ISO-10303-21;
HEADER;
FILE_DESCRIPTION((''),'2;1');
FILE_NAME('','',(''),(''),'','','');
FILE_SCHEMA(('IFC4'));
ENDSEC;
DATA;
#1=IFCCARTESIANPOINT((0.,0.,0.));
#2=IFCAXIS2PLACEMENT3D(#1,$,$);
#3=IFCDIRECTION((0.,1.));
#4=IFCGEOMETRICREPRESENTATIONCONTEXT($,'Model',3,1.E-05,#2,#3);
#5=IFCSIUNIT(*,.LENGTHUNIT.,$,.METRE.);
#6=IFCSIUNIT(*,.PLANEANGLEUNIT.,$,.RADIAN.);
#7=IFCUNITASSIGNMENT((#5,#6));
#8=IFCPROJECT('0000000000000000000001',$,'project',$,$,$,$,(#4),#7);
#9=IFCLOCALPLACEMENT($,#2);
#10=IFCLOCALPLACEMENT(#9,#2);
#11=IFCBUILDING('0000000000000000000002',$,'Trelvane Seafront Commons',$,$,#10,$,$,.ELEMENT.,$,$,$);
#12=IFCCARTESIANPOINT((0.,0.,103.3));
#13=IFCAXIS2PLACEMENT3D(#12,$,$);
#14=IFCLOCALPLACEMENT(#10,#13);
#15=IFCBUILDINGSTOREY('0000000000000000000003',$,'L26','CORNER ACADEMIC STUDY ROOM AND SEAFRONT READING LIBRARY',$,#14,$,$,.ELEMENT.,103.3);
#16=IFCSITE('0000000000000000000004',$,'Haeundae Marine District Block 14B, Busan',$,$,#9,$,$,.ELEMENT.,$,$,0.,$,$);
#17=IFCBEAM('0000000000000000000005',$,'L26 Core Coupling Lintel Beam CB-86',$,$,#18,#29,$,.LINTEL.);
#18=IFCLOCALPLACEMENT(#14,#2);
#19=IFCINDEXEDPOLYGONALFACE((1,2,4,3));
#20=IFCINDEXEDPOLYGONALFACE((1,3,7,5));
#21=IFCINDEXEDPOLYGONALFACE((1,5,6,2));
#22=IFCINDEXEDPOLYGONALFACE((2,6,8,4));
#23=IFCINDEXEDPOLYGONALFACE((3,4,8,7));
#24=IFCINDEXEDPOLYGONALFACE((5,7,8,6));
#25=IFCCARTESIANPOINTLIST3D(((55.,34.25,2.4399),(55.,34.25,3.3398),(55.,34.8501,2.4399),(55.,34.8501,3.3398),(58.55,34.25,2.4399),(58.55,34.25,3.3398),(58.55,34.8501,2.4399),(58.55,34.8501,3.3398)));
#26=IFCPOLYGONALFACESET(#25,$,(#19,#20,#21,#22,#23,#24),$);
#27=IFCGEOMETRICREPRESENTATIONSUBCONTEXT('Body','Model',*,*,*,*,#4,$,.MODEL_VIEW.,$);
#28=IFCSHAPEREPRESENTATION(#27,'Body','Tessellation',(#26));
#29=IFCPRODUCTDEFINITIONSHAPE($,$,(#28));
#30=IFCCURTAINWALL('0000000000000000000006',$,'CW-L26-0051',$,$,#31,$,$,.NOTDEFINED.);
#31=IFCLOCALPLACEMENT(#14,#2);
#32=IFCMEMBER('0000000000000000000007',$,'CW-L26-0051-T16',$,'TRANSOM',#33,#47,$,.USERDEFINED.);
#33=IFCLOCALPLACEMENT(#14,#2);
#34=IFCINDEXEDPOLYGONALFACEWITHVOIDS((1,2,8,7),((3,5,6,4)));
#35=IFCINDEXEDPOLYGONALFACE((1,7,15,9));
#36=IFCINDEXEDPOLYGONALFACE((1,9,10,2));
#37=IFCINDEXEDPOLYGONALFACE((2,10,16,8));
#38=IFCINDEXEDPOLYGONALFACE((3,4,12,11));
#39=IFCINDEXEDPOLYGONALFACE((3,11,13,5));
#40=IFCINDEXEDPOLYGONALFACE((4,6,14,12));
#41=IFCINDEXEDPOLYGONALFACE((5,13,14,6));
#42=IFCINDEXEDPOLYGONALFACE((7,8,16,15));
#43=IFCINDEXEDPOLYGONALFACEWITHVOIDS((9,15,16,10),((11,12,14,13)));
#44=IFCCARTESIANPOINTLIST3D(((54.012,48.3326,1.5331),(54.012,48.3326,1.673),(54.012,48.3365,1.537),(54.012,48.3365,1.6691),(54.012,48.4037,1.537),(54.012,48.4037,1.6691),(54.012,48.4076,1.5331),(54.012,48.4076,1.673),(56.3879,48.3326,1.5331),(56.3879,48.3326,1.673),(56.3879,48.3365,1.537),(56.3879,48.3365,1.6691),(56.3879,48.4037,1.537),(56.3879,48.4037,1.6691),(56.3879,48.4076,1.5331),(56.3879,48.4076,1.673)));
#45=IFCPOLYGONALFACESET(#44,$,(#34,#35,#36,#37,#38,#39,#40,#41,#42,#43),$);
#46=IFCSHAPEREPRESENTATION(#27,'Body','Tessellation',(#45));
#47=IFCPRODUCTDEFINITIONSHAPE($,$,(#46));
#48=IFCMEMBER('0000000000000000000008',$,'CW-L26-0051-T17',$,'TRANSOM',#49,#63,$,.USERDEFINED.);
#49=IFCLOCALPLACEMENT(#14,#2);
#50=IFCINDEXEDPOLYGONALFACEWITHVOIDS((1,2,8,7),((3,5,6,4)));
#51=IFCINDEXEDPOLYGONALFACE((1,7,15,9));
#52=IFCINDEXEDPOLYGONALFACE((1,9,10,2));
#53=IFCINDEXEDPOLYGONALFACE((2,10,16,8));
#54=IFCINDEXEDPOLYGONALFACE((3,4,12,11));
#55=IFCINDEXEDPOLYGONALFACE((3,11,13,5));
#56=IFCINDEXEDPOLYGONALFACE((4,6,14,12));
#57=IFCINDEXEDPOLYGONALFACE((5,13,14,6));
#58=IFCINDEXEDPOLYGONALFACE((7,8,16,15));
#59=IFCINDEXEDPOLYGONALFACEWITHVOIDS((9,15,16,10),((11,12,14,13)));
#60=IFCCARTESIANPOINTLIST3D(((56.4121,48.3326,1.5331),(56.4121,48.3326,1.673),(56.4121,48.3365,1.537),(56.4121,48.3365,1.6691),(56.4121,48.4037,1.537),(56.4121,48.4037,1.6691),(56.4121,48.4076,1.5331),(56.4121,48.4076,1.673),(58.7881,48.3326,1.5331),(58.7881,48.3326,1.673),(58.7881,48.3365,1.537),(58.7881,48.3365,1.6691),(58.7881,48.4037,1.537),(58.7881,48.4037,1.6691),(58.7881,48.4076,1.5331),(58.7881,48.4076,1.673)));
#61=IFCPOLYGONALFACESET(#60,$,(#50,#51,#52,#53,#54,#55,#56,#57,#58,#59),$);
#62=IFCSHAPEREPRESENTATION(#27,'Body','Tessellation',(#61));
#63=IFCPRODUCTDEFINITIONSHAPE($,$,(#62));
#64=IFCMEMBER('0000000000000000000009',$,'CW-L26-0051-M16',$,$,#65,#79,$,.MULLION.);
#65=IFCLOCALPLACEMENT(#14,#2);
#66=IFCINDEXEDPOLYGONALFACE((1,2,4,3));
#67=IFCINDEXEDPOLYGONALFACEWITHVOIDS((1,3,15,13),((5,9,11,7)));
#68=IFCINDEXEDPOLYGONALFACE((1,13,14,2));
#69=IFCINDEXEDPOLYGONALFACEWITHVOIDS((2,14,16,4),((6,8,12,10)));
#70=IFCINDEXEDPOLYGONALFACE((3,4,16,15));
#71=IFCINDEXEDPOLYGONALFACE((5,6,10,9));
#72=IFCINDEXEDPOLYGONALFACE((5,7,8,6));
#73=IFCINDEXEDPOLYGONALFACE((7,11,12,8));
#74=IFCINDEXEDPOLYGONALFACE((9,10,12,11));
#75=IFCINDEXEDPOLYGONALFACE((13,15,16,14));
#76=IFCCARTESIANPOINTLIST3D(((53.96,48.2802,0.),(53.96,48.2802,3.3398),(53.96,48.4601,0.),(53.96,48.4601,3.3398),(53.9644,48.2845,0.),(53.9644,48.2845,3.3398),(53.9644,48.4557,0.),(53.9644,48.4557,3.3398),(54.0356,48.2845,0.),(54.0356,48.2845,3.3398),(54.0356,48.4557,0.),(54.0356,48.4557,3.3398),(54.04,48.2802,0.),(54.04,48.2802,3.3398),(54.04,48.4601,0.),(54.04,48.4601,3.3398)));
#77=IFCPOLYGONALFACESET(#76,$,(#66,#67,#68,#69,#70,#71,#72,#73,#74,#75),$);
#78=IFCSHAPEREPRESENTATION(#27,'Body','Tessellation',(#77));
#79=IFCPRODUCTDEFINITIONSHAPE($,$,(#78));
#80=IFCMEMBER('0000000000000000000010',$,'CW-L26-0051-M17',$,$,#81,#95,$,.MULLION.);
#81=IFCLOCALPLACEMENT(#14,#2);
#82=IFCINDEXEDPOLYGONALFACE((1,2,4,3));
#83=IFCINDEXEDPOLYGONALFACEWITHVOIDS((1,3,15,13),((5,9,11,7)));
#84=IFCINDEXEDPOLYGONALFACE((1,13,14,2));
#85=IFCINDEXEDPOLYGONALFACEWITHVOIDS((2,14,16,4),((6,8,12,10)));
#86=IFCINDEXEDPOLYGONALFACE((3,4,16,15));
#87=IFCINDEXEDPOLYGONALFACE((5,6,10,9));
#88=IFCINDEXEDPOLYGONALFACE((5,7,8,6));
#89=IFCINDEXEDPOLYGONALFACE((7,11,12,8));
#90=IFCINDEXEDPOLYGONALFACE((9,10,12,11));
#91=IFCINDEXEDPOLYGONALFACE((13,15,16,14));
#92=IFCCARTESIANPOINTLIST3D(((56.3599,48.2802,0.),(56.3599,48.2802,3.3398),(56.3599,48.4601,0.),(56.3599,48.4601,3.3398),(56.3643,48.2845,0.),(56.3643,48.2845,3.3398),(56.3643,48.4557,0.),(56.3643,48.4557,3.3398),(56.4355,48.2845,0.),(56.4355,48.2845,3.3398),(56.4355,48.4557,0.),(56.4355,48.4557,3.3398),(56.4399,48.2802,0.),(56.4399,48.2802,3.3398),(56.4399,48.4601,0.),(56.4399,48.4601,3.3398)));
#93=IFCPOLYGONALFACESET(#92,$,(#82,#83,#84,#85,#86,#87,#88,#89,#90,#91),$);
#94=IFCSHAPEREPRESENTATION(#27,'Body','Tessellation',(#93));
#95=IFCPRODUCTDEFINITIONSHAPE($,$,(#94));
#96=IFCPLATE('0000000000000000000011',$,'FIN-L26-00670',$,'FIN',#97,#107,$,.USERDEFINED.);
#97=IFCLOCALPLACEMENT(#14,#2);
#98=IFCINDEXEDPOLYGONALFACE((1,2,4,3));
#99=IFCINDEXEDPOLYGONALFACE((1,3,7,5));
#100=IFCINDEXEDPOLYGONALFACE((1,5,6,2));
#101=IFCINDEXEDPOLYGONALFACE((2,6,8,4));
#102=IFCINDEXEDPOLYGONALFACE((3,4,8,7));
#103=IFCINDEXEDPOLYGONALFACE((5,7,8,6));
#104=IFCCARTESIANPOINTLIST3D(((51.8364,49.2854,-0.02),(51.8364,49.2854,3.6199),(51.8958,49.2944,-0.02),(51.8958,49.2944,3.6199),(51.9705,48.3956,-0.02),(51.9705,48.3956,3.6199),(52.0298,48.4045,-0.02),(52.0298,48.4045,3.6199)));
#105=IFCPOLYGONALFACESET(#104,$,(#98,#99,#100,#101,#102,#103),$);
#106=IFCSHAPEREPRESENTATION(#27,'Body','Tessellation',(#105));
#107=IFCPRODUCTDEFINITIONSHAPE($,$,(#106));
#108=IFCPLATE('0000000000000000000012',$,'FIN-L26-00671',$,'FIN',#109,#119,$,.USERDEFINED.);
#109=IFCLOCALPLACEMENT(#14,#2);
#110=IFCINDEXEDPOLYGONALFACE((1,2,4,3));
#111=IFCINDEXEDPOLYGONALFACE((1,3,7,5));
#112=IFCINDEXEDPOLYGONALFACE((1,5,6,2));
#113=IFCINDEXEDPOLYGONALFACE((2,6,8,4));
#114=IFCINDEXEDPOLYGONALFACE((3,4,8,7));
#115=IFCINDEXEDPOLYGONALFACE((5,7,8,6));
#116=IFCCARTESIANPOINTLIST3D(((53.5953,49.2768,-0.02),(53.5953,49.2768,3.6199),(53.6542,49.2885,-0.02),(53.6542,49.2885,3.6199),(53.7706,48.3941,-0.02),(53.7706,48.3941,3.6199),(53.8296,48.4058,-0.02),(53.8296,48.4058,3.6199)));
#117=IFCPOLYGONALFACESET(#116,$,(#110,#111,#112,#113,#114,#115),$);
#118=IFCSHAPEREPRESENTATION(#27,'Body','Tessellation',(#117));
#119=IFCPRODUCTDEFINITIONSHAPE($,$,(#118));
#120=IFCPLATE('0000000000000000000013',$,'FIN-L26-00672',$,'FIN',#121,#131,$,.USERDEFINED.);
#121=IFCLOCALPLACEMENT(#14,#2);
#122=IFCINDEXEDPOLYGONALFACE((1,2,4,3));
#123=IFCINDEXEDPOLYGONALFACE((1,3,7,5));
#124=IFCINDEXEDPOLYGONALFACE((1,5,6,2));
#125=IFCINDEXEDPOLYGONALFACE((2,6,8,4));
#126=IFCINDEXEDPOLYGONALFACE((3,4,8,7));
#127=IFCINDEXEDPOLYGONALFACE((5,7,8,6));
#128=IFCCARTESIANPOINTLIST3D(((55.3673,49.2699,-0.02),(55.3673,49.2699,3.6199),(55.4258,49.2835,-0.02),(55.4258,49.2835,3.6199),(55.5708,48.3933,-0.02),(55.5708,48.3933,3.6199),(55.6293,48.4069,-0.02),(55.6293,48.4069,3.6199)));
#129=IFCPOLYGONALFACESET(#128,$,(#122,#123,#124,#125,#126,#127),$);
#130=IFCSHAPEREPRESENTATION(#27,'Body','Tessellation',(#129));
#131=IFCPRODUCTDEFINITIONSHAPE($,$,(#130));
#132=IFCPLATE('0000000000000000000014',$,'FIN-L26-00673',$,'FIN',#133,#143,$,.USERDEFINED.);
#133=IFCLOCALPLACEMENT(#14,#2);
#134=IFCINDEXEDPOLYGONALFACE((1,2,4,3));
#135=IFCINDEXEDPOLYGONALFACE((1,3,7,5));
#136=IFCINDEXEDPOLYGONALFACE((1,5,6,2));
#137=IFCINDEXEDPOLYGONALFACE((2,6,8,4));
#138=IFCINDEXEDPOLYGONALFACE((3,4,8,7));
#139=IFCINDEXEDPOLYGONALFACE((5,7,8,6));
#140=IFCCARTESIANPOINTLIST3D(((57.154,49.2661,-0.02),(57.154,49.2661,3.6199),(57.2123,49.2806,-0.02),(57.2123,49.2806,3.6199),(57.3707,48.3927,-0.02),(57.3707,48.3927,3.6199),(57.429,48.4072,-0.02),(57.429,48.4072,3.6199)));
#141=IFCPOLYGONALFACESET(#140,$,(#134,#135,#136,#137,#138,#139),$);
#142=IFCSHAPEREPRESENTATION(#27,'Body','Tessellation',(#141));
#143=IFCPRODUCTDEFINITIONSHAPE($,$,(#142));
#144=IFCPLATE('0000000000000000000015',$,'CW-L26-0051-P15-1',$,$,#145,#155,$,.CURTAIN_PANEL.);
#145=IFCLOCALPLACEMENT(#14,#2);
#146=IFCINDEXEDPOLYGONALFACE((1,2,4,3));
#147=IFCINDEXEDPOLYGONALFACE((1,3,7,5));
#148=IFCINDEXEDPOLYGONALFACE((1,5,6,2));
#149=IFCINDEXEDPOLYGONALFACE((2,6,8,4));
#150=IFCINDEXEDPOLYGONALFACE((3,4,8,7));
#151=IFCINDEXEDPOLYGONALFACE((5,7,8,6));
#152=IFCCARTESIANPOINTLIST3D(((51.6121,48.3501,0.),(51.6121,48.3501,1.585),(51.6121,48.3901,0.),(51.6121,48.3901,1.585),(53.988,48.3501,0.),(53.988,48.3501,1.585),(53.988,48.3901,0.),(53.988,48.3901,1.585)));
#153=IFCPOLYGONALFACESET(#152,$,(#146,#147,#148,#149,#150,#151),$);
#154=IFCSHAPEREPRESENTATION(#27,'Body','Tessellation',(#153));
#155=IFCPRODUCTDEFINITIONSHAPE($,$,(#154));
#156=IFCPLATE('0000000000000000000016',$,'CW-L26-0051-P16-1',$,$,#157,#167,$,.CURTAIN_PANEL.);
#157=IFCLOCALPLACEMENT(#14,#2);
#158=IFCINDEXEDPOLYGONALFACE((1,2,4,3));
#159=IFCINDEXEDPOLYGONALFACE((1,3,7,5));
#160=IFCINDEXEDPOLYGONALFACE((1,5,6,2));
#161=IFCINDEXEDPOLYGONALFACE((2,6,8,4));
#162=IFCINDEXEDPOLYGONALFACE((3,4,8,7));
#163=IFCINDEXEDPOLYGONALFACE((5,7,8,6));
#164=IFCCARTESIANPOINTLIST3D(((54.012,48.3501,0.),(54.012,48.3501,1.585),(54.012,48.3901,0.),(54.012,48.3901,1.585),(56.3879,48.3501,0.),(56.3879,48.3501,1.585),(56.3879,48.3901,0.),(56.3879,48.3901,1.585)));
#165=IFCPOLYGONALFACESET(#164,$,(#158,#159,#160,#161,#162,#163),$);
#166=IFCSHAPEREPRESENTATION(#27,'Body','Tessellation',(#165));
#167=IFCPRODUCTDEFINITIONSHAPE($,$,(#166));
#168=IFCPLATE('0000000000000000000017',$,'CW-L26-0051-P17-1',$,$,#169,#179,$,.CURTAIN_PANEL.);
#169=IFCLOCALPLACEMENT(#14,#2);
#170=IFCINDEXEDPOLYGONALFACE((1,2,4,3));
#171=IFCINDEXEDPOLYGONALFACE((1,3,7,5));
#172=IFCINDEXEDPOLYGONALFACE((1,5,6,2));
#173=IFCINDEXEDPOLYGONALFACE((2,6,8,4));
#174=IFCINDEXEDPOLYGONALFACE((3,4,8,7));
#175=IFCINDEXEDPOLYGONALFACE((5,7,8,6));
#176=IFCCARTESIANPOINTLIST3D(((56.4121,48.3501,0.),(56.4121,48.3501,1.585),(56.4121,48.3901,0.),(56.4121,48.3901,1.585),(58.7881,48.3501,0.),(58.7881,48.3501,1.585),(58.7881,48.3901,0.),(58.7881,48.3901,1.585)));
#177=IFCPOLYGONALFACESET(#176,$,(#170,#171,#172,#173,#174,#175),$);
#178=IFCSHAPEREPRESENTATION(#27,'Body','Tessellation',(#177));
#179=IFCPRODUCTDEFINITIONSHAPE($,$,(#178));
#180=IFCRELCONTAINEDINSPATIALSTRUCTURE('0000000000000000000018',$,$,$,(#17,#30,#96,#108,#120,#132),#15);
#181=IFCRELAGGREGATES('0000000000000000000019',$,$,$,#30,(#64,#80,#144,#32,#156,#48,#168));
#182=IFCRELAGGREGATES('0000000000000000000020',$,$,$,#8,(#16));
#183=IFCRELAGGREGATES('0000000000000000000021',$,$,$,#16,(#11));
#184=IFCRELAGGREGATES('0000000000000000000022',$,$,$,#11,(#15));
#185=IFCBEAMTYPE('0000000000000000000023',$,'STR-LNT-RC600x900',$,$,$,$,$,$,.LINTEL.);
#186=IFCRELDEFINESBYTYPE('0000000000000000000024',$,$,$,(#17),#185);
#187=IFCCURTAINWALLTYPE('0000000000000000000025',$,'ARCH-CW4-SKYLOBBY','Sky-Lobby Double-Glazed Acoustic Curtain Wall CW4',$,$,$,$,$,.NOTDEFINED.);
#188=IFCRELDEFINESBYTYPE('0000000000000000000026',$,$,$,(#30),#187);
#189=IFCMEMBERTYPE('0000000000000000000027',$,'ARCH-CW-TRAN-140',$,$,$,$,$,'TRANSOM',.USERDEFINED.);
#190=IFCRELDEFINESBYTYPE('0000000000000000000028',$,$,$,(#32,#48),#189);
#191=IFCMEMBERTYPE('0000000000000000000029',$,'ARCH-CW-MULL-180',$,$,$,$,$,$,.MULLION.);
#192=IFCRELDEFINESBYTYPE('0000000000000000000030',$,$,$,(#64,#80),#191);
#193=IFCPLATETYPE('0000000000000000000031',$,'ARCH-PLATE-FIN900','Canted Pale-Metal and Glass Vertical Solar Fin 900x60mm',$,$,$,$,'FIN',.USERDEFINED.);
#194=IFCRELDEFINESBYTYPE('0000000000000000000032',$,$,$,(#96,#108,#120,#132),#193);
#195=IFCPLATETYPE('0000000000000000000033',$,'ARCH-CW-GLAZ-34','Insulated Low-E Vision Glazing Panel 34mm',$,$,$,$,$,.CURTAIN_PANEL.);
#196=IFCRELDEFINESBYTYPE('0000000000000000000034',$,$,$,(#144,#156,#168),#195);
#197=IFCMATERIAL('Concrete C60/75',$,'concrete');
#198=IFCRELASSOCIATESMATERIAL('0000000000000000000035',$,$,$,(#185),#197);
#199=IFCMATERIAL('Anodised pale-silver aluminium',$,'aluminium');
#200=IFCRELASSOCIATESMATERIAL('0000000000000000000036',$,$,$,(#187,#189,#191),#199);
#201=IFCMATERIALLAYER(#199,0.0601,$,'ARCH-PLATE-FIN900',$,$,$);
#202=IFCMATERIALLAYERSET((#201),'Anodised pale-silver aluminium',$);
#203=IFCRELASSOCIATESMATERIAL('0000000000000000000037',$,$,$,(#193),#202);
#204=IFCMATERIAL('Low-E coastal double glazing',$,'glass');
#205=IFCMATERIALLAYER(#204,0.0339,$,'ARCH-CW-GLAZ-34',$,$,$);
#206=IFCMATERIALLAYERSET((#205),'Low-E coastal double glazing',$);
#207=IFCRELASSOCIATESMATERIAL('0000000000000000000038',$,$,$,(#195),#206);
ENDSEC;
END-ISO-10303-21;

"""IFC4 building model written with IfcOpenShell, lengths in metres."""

from ifc_helpers import new_model, si_unit, direction, frame, origin, origin_2d, place, context, subcontext, project, spatial, rectangle, hollow_rectangle, extrude, source, transform, mapped, material, layer, layer_set, material_profile, profile_set, type_object, element, aggregate, save


model = new_model("IFC4")

# Units and contexts
model_context = context("Model", 3, precision=1e-05, world=origin(), true_north=direction((0.0, 1.0)))
body_context = subcontext(model_context, "Body", "Model", "MODEL_VIEW")
ifc_project = project(units=[si_unit("LENGTHUNIT", "METRE"), si_unit("PLANEANGLEUNIT", "RADIAN")], contexts=[model_context])

# Site, building, storey
site_placement = place(None, origin())
site = spatial("IfcSite", under=ifc_project, at=site_placement, Name="Haeundae Marine District Block 14B, Busan", CompositionType="ELEMENT", RefElevation=0.0)
building_placement = place(site_placement, origin())
building = spatial("IfcBuilding", under=site, at=building_placement, Name="Trelvane Seafront Commons", CompositionType="ELEMENT")
storey_placement = place(building_placement, frame((0.0, 0.0, 103.3)))
storey = spatial("IfcBuildingStorey", under=building, at=storey_placement, Name="L26", Description="CORNER ACADEMIC STUDY ROOM AND SEAFRONT READING LIBRARY", CompositionType="ELEMENT", Elevation=103.3)

# Beam
ifc_material_1 = material(Name="Concrete C60/75", Category="concrete")
ifc_material_profile_1 = material_profile(ifc_material_1, rectangle(XDim=0.6001, YDim=0.8999, at=origin_2d()), Name="RC-600x900")
ifc_profile_set_1 = profile_set([ifc_material_profile_1], Name="Concrete C60/75")
beam_type = type_object("IfcBeamType", Name="STR-LNT-RC600x900", PredefinedType="LINTEL", material=ifc_profile_set_1)
shared_shape_1 = source(origin(), body_context, "Body", "SweptSolid", [
    extrude(rectangle(XDim=0.6001, YDim=0.8999, at=origin_2d()), origin(), (0.0, 0.0, 1.0), 3.55),
])
beam_placement = place(storey_placement, frame((55.0, 34.55, 2.8899), z_axis=(1.0, 0.0, 0.0), x_axis=(0.0, 1.0, 0.0)))
element("IfcBeam", 1, at=beam_placement, inside=storey, type_object=beam_type, Name="L26 Core Coupling Lintel Beam CB-86", PredefinedType="LINTEL", context=body_context, shape_type="MappedRepresentation", body=[
    mapped(shared_shape_1, transform((0.0, 0.0, 0.0), x_axis=(1.0, 0.0, 0.0), y_axis=(0.0, 1.0, 0.0), z_axis=(0.0, 0.0, 1.0), scale=1.0)),
])

# Curtain wall, members
ifc_material_2 = material(Name="Anodised pale-silver aluminium", Category="aluminium")
curtain_wall_type = type_object("IfcCurtainWallType", Name="ARCH-CW4-SKYLOBBY", Description="Sky-Lobby Double-Glazed Acoustic Curtain Wall CW4", PredefinedType="NOTDEFINED", material=ifc_material_2)
curtain_wall_placement = place(storey_placement, origin())
curtain_wall = element("IfcCurtainWall", 2, at=curtain_wall_placement, inside=storey, type_object=curtain_wall_type, Name="CW-L26-0051", PredefinedType="NOTDEFINED")
ifc_material_profile_2 = material_profile(ifc_material_2, hollow_rectangle(XDim=0.075, YDim=0.1399, WallThickness=0.0039, at=origin_2d()), Name="TRAN-75x140x4")
ifc_profile_set_2 = profile_set([ifc_material_profile_2], Name="Anodised pale-silver aluminium")
member_type_1 = type_object("IfcMemberType", Name="ARCH-CW-TRAN-140", ElementType="TRANSOM", PredefinedType="USERDEFINED", material=ifc_profile_set_2)
shared_shape_2 = source(origin(), body_context, "Body", "SweptSolid", [
    extrude(hollow_rectangle(XDim=0.075, YDim=0.1399, WallThickness=0.0039, at=origin_2d()), origin(), (0.0, 0.0, 1.0), 2.376),
])
member_1_placement = place(storey_placement, frame((54.012, 48.3701, 1.603), z_axis=(1.0, 0.0, 0.0), x_axis=(0.0, 1.0, 0.0)))
member_1 = element("IfcMember", 3, at=member_1_placement, type_object=member_type_1, Name="CW-L26-0051-T16", ObjectType="TRANSOM", PredefinedType="USERDEFINED", context=body_context, shape_type="MappedRepresentation", body=[
    mapped(shared_shape_2, transform((0.0, 0.0, 0.0), x_axis=(1.0, 0.0, 0.0), y_axis=(0.0, 1.0, 0.0), z_axis=(0.0, 0.0, 1.0), scale=1.0)),
])
member_2_placement = place(storey_placement, frame((56.4121, 48.3701, 1.603), z_axis=(1.0, 0.0, 0.0), x_axis=(0.0, 1.0, 0.0)))
member_2 = element("IfcMember", 4, at=member_2_placement, type_object=member_type_1, Name="CW-L26-0051-T17", ObjectType="TRANSOM", PredefinedType="USERDEFINED", context=body_context, shape_type="MappedRepresentation", body=[
    mapped(shared_shape_2, transform((0.0, 0.0, 0.0), x_axis=(1.0, 0.0, 0.0), y_axis=(0.0, 1.0, 0.0), z_axis=(0.0, 0.0, 1.0), scale=1.0)),
])
ifc_material_profile_3 = material_profile(ifc_material_2, hollow_rectangle(XDim=0.0801, YDim=0.1799, WallThickness=0.0044, at=origin_2d()), Name="MULL-80x180x4.5")
ifc_profile_set_3 = profile_set([ifc_material_profile_3], Name="Anodised pale-silver aluminium")
member_type_2 = type_object("IfcMemberType", Name="ARCH-CW-MULL-180", PredefinedType="MULLION", material=ifc_profile_set_3)
shared_shape_3 = source(origin(), body_context, "Body", "SweptSolid", [
    extrude(hollow_rectangle(XDim=0.0801, YDim=0.1799, WallThickness=0.0044, at=origin_2d()), origin(), (0.0, 0.0, 1.0), 3.3398),
])
member_3_placement = place(storey_placement, frame((54.0, 48.3701, 0.0), z_axis=(0.0, 0.0, 1.0), x_axis=(1.0, 0.0, 0.0)))
member_3 = element("IfcMember", 5, at=member_3_placement, type_object=member_type_2, Name="CW-L26-0051-M16", PredefinedType="MULLION", context=body_context, shape_type="MappedRepresentation", body=[
    mapped(shared_shape_3, transform((0.0, 0.0, 0.0), x_axis=(1.0, 0.0, 0.0), y_axis=(0.0, 1.0, 0.0), z_axis=(0.0, 0.0, 1.0), scale=1.0)),
])
member_4_placement = place(storey_placement, frame((56.3999, 48.3701, 0.0), z_axis=(0.0, 0.0, 1.0), x_axis=(1.0, 0.0, 0.0)))
member_4 = element("IfcMember", 6, at=member_4_placement, type_object=member_type_2, Name="CW-L26-0051-M17", PredefinedType="MULLION", context=body_context, shape_type="MappedRepresentation", body=[
    mapped(shared_shape_3, transform((0.0, 0.0, 0.0), x_axis=(1.0, 0.0, 0.0), y_axis=(0.0, 1.0, 0.0), z_axis=(0.0, 0.0, 1.0), scale=1.0)),
])

# Plates
ifc_layer_1 = layer(ifc_material_2, 0.0601, Name="ARCH-PLATE-FIN900")
ifc_layer_set_1 = layer_set([ifc_layer_1], Name="Anodised pale-silver aluminium")
plate_type_1 = type_object("IfcPlateType", Name="ARCH-PLATE-FIN900", Description="Canted Pale-Metal and Glass Vertical Solar Fin 900x60mm", ElementType="FIN", PredefinedType="USERDEFINED", material=ifc_layer_set_1)
shared_shape_4 = source(origin(), body_context, "Body", "SweptSolid", [
    extrude(rectangle(XDim=0.8999, YDim=0.0601, at=origin_2d()), origin(), (0.0, 0.0, 1.0), 3.6399),
])
for number, where, z_axis, x_axis, name in (
    (7, (51.9331, 48.845, -0.02), (0.0, 0.0, 1.0), (-0.149009, 0.988836, 0.0), "FIN-L26-00670"),
    (8, (53.7124, 48.8413, -0.02), (0.0, 0.0, 1.0), (-0.194899, 0.980823, 0.0), "FIN-L26-00671"),
    (9, (55.4983, 48.8384, -0.02), (0.0, 0.0, 1.0), (-0.226214, 0.974078, 0.0), "FIN-L26-00672"),
    (10, (57.2915, 48.8367, -0.02), (0.0, 0.0, 1.0), (-0.240889, 0.970553, 0.0), "FIN-L26-00673"),
):
    element("IfcPlate", number, at=place(storey_placement, frame(where, z_axis=z_axis, x_axis=x_axis)), inside=storey, type_object=plate_type_1, Name=name, ObjectType="FIN", PredefinedType="USERDEFINED", context=body_context, shape_type="MappedRepresentation", body=[
        mapped(shared_shape_4, transform((0.0, 0.0, 0.0), x_axis=(1.0, 0.0, 0.0), y_axis=(0.0, 1.0, 0.0), z_axis=(0.0, 0.0, 1.0), scale=1.0)),
    ])

# Plates
ifc_material_3 = material(Name="Low-E coastal double glazing", Category="glass")
ifc_layer_2 = layer(ifc_material_3, 0.0339, Name="ARCH-CW-GLAZ-34")
ifc_layer_set_2 = layer_set([ifc_layer_2], Name="Low-E coastal double glazing")
plate_type_2 = type_object("IfcPlateType", Name="ARCH-CW-GLAZ-34", Description="Insulated Low-E Vision Glazing Panel 34mm", PredefinedType="CURTAIN_PANEL", material=ifc_layer_set_2)
shared_shape_5 = source(origin(), body_context, "Body", "SweptSolid", [
    extrude(rectangle(XDim=2.376, YDim=0.04, at=origin_2d()), origin(), (0.0, 0.0, 1.0), 1.585),
])
plate_1_placement = place(storey_placement, frame((52.8, 48.3701, 0.0), z_axis=(0.0, 0.0, 1.0), x_axis=(1.0, 0.0, 0.0)))
plate_1 = element("IfcPlate", 11, at=plate_1_placement, type_object=plate_type_2, Name="CW-L26-0051-P15-1", PredefinedType="CURTAIN_PANEL", context=body_context, shape_type="MappedRepresentation", body=[
    mapped(shared_shape_5, transform((0.0, 0.0, 0.0), x_axis=(1.0, 0.0, 0.0), y_axis=(0.0, 1.0, 0.0), z_axis=(0.0, 0.0, 1.0), scale=1.0)),
])
plate_2_placement = place(storey_placement, frame((55.2, 48.3701, 0.0), z_axis=(0.0, 0.0, 1.0), x_axis=(1.0, 0.0, 0.0)))
plate_2 = element("IfcPlate", 12, at=plate_2_placement, type_object=plate_type_2, Name="CW-L26-0051-P16-1", PredefinedType="CURTAIN_PANEL", context=body_context, shape_type="MappedRepresentation", body=[
    mapped(shared_shape_5, transform((0.0, 0.0, 0.0), x_axis=(1.0, 0.0, 0.0), y_axis=(0.0, 1.0, 0.0), z_axis=(0.0, 0.0, 1.0), scale=1.0)),
])
plate_3_placement = place(storey_placement, frame((57.6001, 48.3701, 0.0), z_axis=(0.0, 0.0, 1.0), x_axis=(1.0, 0.0, 0.0)))
plate_3 = element("IfcPlate", 13, at=plate_3_placement, type_object=plate_type_2, Name="CW-L26-0051-P17-1", PredefinedType="CURTAIN_PANEL", context=body_context, shape_type="MappedRepresentation", body=[
    mapped(shared_shape_5, transform((0.0, 0.0, 0.0), x_axis=(1.0, 0.0, 0.0), y_axis=(0.0, 1.0, 0.0), z_axis=(0.0, 0.0, 1.0), scale=1.0)),
])
aggregate(curtain_wall, [member_3, member_4, plate_1, member_1, plate_2, member_2, plate_3])

save(model, "model.ifc")
